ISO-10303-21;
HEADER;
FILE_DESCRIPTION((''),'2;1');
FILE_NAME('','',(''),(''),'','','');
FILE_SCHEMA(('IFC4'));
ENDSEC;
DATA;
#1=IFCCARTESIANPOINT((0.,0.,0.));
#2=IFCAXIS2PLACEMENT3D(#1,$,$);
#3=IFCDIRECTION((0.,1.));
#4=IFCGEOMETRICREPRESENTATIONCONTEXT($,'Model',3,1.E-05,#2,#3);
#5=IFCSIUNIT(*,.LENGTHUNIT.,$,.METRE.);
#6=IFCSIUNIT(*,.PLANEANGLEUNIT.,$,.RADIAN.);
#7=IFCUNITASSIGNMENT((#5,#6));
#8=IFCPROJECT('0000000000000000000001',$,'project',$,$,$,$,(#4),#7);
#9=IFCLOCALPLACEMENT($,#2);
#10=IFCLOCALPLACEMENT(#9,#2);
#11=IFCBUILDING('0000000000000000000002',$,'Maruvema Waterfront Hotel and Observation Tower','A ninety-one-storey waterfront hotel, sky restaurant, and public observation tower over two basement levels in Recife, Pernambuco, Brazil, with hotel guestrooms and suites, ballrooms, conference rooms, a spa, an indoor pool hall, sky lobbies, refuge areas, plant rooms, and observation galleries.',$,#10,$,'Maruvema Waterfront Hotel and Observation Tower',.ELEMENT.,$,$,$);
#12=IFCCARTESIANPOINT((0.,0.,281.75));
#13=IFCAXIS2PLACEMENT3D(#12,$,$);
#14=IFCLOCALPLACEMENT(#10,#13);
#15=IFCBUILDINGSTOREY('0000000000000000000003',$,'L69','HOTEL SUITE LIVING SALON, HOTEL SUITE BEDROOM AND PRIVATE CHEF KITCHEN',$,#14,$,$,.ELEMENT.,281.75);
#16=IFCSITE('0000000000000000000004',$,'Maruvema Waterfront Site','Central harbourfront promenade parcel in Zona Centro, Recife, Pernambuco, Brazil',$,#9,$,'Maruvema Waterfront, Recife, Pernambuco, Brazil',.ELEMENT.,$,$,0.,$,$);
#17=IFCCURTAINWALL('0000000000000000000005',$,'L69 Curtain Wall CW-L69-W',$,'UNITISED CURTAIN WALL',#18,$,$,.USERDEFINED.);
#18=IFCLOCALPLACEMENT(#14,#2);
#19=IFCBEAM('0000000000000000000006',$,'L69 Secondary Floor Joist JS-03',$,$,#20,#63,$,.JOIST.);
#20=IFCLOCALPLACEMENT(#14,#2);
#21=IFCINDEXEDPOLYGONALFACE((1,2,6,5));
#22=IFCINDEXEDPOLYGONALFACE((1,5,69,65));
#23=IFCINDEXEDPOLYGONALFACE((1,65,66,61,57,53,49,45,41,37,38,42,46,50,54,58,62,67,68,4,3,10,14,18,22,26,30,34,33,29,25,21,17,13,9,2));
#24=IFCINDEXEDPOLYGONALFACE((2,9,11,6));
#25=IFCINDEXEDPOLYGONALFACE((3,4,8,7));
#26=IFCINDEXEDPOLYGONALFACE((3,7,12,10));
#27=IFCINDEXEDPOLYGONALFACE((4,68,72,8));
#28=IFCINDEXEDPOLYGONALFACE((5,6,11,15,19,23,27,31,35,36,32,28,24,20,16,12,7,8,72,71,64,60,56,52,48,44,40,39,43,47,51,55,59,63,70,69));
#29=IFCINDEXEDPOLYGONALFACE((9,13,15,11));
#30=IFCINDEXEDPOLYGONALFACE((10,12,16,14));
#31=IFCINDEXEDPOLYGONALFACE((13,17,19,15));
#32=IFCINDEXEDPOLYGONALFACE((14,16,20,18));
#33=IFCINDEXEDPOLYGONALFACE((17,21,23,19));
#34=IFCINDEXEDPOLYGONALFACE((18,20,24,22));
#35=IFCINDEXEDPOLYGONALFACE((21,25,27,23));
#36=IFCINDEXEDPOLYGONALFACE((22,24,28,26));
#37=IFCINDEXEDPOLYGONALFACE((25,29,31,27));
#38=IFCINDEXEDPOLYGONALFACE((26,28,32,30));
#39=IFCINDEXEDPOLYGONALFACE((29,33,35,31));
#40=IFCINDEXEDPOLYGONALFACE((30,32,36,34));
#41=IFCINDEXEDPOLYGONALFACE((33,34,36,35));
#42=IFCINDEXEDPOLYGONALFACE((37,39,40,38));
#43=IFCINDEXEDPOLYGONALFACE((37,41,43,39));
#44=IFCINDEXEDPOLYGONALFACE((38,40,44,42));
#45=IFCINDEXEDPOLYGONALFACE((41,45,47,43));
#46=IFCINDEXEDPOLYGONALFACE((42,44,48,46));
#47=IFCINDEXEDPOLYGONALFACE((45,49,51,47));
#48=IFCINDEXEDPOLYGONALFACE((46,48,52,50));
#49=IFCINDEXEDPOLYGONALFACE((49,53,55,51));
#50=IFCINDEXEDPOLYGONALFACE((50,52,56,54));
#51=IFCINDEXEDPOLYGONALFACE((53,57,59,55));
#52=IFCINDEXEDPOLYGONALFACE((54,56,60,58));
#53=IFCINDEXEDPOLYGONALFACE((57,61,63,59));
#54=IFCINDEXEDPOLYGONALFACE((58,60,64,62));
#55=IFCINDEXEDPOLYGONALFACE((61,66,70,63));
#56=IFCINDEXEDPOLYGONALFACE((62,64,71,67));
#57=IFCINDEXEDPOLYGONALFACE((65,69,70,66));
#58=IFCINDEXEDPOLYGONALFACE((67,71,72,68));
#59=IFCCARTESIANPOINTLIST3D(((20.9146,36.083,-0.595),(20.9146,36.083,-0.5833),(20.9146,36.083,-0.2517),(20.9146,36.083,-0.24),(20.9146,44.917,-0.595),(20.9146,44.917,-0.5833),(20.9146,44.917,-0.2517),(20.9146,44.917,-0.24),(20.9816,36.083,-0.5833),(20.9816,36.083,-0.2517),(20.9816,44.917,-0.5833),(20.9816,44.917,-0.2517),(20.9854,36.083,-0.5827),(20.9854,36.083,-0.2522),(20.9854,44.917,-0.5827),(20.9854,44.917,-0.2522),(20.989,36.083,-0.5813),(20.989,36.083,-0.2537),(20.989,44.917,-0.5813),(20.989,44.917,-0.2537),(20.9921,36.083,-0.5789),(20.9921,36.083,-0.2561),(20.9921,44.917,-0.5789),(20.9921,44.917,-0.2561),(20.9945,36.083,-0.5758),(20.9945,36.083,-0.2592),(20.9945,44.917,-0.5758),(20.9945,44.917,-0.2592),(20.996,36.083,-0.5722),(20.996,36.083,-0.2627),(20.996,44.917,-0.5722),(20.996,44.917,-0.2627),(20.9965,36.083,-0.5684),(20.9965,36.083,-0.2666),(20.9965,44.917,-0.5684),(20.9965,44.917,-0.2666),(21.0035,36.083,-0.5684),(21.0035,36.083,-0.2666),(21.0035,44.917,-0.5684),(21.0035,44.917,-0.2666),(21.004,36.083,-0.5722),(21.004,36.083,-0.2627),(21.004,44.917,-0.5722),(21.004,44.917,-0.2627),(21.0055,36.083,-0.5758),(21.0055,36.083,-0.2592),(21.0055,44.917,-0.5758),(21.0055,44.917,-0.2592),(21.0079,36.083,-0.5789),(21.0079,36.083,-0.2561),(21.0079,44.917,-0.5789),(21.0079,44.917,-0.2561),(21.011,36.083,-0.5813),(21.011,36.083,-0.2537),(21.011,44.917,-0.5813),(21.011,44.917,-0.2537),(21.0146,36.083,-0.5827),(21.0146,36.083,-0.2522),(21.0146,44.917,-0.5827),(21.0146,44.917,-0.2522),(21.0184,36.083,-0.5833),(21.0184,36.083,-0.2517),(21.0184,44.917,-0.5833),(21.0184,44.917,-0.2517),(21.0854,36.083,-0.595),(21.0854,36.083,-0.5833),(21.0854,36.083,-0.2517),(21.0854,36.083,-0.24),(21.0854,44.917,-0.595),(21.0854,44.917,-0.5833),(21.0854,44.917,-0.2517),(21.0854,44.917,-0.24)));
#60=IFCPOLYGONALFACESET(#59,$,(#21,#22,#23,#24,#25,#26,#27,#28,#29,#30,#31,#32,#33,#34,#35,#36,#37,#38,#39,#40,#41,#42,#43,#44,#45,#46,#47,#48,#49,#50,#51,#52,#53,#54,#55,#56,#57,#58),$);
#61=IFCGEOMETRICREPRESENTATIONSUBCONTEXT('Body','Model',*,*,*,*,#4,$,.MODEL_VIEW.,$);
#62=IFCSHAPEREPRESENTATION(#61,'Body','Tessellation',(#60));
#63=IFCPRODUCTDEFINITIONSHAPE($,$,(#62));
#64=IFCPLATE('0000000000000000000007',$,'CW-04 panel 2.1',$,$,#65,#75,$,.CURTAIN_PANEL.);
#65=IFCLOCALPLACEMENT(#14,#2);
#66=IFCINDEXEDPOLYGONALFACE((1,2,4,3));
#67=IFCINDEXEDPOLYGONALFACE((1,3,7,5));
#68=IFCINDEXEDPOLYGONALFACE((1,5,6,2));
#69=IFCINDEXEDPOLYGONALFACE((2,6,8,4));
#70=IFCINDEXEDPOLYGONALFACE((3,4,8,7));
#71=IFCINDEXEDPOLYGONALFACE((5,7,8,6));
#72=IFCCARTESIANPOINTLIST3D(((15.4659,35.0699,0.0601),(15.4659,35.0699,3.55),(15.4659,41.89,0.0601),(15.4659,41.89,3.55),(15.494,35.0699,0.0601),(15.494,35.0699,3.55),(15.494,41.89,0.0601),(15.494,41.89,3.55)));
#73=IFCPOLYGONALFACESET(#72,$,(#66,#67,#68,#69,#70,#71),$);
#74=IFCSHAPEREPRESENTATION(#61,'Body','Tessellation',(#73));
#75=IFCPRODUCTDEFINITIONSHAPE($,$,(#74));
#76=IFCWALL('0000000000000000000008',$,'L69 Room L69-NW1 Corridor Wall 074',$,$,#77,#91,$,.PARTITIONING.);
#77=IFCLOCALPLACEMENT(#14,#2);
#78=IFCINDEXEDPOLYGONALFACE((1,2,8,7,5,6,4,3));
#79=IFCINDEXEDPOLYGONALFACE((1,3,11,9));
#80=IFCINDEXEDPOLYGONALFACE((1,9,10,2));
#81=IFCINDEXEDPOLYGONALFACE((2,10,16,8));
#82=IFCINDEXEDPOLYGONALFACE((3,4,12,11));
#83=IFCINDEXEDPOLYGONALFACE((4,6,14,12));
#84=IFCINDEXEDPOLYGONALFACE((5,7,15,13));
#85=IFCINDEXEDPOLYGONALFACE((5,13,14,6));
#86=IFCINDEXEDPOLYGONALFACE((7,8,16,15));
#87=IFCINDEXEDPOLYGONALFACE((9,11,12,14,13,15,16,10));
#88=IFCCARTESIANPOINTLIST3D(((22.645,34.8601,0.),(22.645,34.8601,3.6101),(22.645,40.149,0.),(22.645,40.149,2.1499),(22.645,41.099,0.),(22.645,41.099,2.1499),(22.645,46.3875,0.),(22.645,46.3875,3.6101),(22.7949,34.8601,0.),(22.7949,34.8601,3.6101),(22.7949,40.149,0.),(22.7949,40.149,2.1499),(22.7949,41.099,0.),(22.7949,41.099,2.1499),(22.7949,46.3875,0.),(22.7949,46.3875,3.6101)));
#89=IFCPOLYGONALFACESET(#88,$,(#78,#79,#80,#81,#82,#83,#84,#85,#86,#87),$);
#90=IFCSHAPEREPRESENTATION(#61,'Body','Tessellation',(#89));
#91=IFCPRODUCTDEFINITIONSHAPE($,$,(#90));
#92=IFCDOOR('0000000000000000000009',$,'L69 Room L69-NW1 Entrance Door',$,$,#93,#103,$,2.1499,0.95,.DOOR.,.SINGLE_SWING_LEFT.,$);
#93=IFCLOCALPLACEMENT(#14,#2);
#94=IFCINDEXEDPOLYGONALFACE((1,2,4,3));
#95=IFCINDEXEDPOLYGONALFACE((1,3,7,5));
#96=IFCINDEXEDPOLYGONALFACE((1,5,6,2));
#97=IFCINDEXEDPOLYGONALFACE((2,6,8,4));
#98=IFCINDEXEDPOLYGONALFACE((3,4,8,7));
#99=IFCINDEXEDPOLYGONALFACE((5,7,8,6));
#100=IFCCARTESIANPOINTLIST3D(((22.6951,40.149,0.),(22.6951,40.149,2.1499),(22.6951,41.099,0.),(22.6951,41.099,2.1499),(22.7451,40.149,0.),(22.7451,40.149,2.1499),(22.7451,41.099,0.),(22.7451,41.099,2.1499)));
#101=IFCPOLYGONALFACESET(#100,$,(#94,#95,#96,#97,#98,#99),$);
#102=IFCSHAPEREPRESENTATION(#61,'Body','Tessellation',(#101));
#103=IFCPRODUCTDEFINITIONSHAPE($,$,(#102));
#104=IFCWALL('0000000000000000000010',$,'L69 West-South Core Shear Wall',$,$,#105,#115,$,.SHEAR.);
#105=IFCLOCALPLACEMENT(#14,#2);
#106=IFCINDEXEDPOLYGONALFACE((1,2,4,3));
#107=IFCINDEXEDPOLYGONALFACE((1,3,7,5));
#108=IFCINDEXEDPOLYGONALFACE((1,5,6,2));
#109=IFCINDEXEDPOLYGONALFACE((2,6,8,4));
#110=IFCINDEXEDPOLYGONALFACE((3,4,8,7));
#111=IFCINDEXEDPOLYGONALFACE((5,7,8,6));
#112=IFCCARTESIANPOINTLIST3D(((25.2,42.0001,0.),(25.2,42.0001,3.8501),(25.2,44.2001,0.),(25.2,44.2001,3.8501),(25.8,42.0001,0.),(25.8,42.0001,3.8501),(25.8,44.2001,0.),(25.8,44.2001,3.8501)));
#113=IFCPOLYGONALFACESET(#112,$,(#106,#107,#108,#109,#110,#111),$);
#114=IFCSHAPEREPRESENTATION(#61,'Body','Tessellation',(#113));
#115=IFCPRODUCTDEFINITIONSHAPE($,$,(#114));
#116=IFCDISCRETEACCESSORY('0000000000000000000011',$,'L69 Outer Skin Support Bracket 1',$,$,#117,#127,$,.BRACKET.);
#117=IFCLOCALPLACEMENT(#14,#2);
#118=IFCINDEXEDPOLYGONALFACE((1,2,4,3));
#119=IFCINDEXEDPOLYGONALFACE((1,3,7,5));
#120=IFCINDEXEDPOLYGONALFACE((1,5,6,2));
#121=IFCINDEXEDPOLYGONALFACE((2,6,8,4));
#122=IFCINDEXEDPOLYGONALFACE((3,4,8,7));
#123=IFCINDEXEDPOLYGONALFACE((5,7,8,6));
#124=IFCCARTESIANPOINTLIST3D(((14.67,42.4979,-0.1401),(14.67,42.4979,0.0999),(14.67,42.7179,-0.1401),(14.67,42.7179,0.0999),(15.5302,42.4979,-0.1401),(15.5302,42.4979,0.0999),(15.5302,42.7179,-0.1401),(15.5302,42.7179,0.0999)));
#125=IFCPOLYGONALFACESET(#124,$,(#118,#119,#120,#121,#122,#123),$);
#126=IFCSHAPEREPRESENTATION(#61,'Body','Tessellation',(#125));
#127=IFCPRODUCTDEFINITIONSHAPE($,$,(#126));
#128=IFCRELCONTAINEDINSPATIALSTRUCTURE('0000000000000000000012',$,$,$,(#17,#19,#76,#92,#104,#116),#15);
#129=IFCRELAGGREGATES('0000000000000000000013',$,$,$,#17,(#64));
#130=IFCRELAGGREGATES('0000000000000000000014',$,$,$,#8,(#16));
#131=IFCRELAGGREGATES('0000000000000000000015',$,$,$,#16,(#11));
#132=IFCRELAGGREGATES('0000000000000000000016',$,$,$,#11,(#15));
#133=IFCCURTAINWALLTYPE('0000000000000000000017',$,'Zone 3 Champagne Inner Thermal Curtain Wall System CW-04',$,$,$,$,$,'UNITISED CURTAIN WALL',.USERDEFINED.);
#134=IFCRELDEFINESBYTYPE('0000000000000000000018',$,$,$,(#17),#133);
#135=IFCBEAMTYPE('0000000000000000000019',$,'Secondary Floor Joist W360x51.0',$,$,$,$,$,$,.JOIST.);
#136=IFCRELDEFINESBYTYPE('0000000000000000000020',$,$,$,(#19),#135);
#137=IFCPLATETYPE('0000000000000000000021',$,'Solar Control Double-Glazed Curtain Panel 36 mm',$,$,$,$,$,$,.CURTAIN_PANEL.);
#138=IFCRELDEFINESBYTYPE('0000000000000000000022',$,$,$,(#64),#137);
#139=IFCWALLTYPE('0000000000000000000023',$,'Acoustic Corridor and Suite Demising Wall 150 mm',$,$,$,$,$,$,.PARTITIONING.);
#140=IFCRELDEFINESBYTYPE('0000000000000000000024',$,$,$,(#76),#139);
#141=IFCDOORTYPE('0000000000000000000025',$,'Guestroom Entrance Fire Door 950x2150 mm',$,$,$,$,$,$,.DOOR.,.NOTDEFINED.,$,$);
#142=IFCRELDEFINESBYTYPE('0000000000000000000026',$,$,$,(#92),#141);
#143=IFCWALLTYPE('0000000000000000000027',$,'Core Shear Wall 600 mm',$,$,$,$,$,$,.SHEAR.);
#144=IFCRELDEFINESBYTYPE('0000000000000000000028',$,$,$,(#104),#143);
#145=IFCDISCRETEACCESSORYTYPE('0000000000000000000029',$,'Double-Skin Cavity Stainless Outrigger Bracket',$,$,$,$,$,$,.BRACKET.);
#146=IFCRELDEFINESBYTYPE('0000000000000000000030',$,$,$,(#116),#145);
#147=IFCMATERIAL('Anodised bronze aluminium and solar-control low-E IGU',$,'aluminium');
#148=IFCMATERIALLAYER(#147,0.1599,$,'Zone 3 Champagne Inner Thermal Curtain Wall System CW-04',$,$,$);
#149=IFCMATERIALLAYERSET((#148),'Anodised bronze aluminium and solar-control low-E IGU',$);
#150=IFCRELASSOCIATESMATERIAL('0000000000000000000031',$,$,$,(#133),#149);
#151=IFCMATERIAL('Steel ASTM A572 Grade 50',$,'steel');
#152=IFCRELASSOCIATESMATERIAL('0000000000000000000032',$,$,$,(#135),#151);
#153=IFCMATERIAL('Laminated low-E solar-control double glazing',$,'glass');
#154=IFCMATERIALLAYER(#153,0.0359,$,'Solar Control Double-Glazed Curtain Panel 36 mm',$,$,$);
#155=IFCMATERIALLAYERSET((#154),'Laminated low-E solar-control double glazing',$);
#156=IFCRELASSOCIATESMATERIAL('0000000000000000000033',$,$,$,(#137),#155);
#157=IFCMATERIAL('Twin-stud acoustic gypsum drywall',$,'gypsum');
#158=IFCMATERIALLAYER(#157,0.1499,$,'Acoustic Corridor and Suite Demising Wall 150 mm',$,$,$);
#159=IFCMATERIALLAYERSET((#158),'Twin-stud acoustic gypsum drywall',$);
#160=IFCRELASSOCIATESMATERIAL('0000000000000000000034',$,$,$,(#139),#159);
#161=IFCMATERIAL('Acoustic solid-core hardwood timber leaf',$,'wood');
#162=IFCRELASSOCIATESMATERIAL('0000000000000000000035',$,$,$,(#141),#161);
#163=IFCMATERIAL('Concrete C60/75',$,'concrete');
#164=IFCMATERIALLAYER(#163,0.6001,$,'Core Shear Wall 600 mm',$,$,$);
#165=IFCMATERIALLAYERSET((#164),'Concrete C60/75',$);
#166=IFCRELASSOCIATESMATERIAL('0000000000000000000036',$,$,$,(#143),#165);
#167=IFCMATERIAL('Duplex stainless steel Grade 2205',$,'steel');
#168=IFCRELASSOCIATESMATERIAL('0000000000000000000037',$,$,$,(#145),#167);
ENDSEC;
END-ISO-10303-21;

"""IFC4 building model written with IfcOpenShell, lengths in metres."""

from ifc_helpers import new_model, si_unit, direction, frame, frame_2d, origin, origin_2d, place, context, subcontext, project, spatial, rectangle, i_section, extrude, material, layer, layer_set, material_profile, profile_set, type_object, element, fill, aggregate, save


model = new_model("IFC4")

# Units and contexts
model_context = context("Model", 3, precision=1e-05, world=origin(), true_north=direction((0.0, 1.0)))
body_context = subcontext(model_context, "Body", "Model", "MODEL_VIEW")
ifc_project = project(units=[si_unit("LENGTHUNIT", "METRE"), si_unit("PLANEANGLEUNIT", "RADIAN")], contexts=[model_context])

# Site, building, storey
site_placement = place(None, origin())
site = spatial("IfcSite", under=ifc_project, at=site_placement, Name="Maruvema Waterfront Site", Description="Central harbourfront promenade parcel in Zona Centro, Recife, Pernambuco, Brazil", LongName="Maruvema Waterfront, Recife, Pernambuco, Brazil", CompositionType="ELEMENT", RefElevation=0.0)
building_placement = place(site_placement, origin())
building = spatial("IfcBuilding", under=site, at=building_placement, Name="Maruvema Waterfront Hotel and Observation Tower", Description="A ninety-one-storey waterfront hotel, sky restaurant, and public observation tower over two basement levels in Recife, Pernambuco, Brazil, with hotel guestrooms and suites, ballrooms, conference rooms, a spa, an indoor pool hall, sky lobbies, refuge areas, plant rooms, and observation galleries.", LongName="Maruvema Waterfront Hotel and Observation Tower", CompositionType="ELEMENT")
storey_placement = place(building_placement, frame((0.0, 0.0, 281.75)))
storey = spatial("IfcBuildingStorey", under=building, at=storey_placement, Name="L69", Description="HOTEL SUITE LIVING SALON, HOTEL SUITE BEDROOM AND PRIVATE CHEF KITCHEN", CompositionType="ELEMENT", Elevation=281.75)

# Curtain wall
ifc_material_1 = material(Name="Anodised bronze aluminium and solar-control low-E IGU", Category="aluminium")
ifc_layer_1 = layer(ifc_material_1, 0.1599, Name="Zone 3 Champagne Inner Thermal Curtain Wall System CW-04")
ifc_layer_set_1 = layer_set([ifc_layer_1], Name="Anodised bronze aluminium and solar-control low-E IGU")
curtain_wall_type = type_object("IfcCurtainWallType", Name="Zone 3 Champagne Inner Thermal Curtain Wall System CW-04", ElementType="UNITISED CURTAIN WALL", PredefinedType="USERDEFINED", material=ifc_layer_set_1)
curtain_wall_placement = place(storey_placement, origin())
curtain_wall = element("IfcCurtainWall", 1, at=curtain_wall_placement, inside=storey, type_object=curtain_wall_type, Name="L69 Curtain Wall CW-L69-W", ObjectType="UNITISED CURTAIN WALL", PredefinedType="USERDEFINED")

# Beam
ifc_material_2 = material(Name="Steel ASTM A572 Grade 50", Category="steel")
ifc_material_profile_1 = material_profile(ifc_material_2, i_section(OverallWidth=0.1709, OverallDepth=0.355, WebThickness=0.0071, FlangeThickness=0.0117, FilletRadius=0.0149, at=origin_2d()), Name="W360x51.0")
ifc_profile_set_1 = profile_set([ifc_material_profile_1], Name="Steel ASTM A572 Grade 50")
beam_type_1 = type_object("IfcBeamType", Name="Secondary Floor Joist W360x51.0", PredefinedType="JOIST", material=ifc_profile_set_1)
beam_1_placement = place(storey_placement, frame((21.0, 36.083, -0.4175), z_axis=(0.0, 1.0, 0.0), x_axis=(-1.0, 0.0, 0.0)))
element("IfcBeam", 2, at=beam_1_placement, inside=storey, type_object=beam_type_1, Name="L69 Secondary Floor Joist JS-03", PredefinedType="JOIST", context=body_context, shape_type="SweptSolid", body=[
    extrude(i_section(OverallWidth=0.1709, OverallDepth=0.355, WebThickness=0.0071, FlangeThickness=0.0117, FilletRadius=0.0149, at=origin_2d()), origin(), (0.0, 0.0, 1.0), 8.834),
])

# Plate
ifc_material_3 = material(Name="Laminated low-E solar-control double glazing", Category="glass")
ifc_layer_2 = layer(ifc_material_3, 0.0359, Name="Solar Control Double-Glazed Curtain Panel 36 mm")
ifc_layer_set_2 = layer_set([ifc_layer_2], Name="Laminated low-E solar-control double glazing")
plate_type = type_object("IfcPlateType", Name="Solar Control Double-Glazed Curtain Panel 36 mm", PredefinedType="CURTAIN_PANEL", material=ifc_layer_set_2)
plate_placement = place(storey_placement, frame((15.48, 38.48, 0.0601), z_axis=(0.0, 0.0, 1.0), x_axis=(0.0, -1.0, 0.0)))
plate = element("IfcPlate", 3, at=plate_placement, type_object=plate_type, Name="CW-04 panel 2.1", PredefinedType="CURTAIN_PANEL", context=body_context, shape_type="SweptSolid", body=[
    extrude(rectangle(XDim=6.8201, YDim=0.0281, at=origin_2d()), origin(), (0.0, 0.0, 1.0), 3.49),
])
aggregate(curtain_wall, [plate])

# Wall, opening, door
ifc_material_4 = material(Name="Twin-stud acoustic gypsum drywall", Category="gypsum")
ifc_layer_3 = layer(ifc_material_4, 0.1499, Name="Acoustic Corridor and Suite Demising Wall 150 mm")
ifc_layer_set_3 = layer_set([ifc_layer_3], Name="Twin-stud acoustic gypsum drywall")
wall_type_1 = type_object("IfcWallType", Name="Acoustic Corridor and Suite Demising Wall 150 mm", PredefinedType="PARTITIONING", material=ifc_layer_set_3)
wall_1_placement = place(storey_placement, frame((22.72, 34.8601, 0.0), z_axis=(0.0, 0.0, 1.0), x_axis=(0.0, 1.0, 0.0)))
wall_1 = element("IfcWall", 4, at=wall_1_placement, inside=storey, type_object=wall_type_1, Name="L69 Room L69-NW1 Corridor Wall 074", PredefinedType="PARTITIONING", context=body_context, shape_type="SweptSolid", body=[
    extrude(rectangle(XDim=11.5273, YDim=0.1499, at=frame_2d((5.7637, 0.0))), origin(), (0.0, 0.0, 1.0), 3.6101),
])
opening_1_placement = place(wall_1_placement, frame((5.2888, 0.0, 0.0)))
opening_1 = element("IfcOpeningElement", 5, at=opening_1_placement, cuts=wall_1, PredefinedType="OPENING", context=body_context, shape_type="SweptSolid", body=[
    extrude(rectangle(XDim=0.95, YDim=2.1499, at=frame_2d((0.4751, 1.075))), frame((0.0, 0.085, 0.0), z_axis=(0.0, -1.0, 0.0), x_axis=(1.0, 0.0, 0.0)), (0.0, 0.0, 1.0), 0.1699),
])
ifc_material_5 = material(Name="Acoustic solid-core hardwood timber leaf", Category="wood")
door_type_1 = type_object("IfcDoorType", Name="Guestroom Entrance Fire Door 950x2150 mm", OperationType="NOTDEFINED", PredefinedType="DOOR", material=ifc_material_5)
door_1_placement = place(opening_1_placement, origin())
door_1 = element("IfcDoor", 6, at=door_1_placement, inside=storey, type_object=door_type_1, Name="L69 Room L69-NW1 Entrance Door", OperationType="SINGLE_SWING_LEFT", OverallHeight=2.1499, OverallWidth=0.95, PredefinedType="DOOR", context=body_context, shape_type="SweptSolid", body=[
    extrude(rectangle(XDim=0.95, YDim=2.1499, at=frame_2d((0.4751, 1.075))), frame((0.0, 0.0249, 0.0), z_axis=(0.0, -1.0, 0.0), x_axis=(1.0, 0.0, 0.0)), (0.0, 0.0, 1.0), 0.05),
])
fill(opening_1, door_1)

# Shared definitions
ifc_material_6 = material(Name="Concrete C60/75", Category="concrete")
ifc_layer_4 = layer(ifc_material_6, 0.6001, Name="Core Shear Wall 600 mm")
ifc_layer_set_4 = layer_set([ifc_layer_4], Name="Concrete C60/75")
wall_type_2 = type_object("IfcWallType", Name="Core Shear Wall 600 mm", PredefinedType="SHEAR", material=ifc_layer_set_4)

# Wall
wall_2_placement = place(storey_placement, frame((25.5, 42.0, 0.0), z_axis=(0.0, 0.0, 1.0), x_axis=(0.0, 1.0, 0.0)))
element("IfcWall", 7, at=wall_2_placement, inside=storey, type_object=wall_type_2, Name="L69 West-South Core Shear Wall", PredefinedType="SHEAR", context=body_context, shape_type="SweptSolid", body=[
    extrude(rectangle(XDim=2.2, YDim=0.6001, at=frame_2d((1.1001, 0.0))), origin(), (0.0, 0.0, 1.0), 3.8501),
])

# Discrete accessory
ifc_material_7 = material(Name="Duplex stainless steel Grade 2205", Category="steel")
discrete_accessory_type = type_object("IfcDiscreteAccessoryType", Name="Double-Skin Cavity Stainless Outrigger Bracket", PredefinedType="BRACKET", material=ifc_material_7)
discrete_accessory_placement = place(storey_placement, frame((15.1001, 42.6079, -0.1401), z_axis=(0.0, 0.0, 1.0), x_axis=(0.0, -1.0, 0.0)))
element("IfcDiscreteAccessory", 8, at=discrete_accessory_placement, inside=storey, type_object=discrete_accessory_type, Name="L69 Outer Skin Support Bracket 1", PredefinedType="BRACKET", context=body_context, shape_type="SweptSolid", body=[
    extrude(rectangle(XDim=0.22, YDim=0.8601, at=origin_2d()), origin(), (0.0, 0.0, 1.0), 0.24),
])

save(model, "model.ifc")
